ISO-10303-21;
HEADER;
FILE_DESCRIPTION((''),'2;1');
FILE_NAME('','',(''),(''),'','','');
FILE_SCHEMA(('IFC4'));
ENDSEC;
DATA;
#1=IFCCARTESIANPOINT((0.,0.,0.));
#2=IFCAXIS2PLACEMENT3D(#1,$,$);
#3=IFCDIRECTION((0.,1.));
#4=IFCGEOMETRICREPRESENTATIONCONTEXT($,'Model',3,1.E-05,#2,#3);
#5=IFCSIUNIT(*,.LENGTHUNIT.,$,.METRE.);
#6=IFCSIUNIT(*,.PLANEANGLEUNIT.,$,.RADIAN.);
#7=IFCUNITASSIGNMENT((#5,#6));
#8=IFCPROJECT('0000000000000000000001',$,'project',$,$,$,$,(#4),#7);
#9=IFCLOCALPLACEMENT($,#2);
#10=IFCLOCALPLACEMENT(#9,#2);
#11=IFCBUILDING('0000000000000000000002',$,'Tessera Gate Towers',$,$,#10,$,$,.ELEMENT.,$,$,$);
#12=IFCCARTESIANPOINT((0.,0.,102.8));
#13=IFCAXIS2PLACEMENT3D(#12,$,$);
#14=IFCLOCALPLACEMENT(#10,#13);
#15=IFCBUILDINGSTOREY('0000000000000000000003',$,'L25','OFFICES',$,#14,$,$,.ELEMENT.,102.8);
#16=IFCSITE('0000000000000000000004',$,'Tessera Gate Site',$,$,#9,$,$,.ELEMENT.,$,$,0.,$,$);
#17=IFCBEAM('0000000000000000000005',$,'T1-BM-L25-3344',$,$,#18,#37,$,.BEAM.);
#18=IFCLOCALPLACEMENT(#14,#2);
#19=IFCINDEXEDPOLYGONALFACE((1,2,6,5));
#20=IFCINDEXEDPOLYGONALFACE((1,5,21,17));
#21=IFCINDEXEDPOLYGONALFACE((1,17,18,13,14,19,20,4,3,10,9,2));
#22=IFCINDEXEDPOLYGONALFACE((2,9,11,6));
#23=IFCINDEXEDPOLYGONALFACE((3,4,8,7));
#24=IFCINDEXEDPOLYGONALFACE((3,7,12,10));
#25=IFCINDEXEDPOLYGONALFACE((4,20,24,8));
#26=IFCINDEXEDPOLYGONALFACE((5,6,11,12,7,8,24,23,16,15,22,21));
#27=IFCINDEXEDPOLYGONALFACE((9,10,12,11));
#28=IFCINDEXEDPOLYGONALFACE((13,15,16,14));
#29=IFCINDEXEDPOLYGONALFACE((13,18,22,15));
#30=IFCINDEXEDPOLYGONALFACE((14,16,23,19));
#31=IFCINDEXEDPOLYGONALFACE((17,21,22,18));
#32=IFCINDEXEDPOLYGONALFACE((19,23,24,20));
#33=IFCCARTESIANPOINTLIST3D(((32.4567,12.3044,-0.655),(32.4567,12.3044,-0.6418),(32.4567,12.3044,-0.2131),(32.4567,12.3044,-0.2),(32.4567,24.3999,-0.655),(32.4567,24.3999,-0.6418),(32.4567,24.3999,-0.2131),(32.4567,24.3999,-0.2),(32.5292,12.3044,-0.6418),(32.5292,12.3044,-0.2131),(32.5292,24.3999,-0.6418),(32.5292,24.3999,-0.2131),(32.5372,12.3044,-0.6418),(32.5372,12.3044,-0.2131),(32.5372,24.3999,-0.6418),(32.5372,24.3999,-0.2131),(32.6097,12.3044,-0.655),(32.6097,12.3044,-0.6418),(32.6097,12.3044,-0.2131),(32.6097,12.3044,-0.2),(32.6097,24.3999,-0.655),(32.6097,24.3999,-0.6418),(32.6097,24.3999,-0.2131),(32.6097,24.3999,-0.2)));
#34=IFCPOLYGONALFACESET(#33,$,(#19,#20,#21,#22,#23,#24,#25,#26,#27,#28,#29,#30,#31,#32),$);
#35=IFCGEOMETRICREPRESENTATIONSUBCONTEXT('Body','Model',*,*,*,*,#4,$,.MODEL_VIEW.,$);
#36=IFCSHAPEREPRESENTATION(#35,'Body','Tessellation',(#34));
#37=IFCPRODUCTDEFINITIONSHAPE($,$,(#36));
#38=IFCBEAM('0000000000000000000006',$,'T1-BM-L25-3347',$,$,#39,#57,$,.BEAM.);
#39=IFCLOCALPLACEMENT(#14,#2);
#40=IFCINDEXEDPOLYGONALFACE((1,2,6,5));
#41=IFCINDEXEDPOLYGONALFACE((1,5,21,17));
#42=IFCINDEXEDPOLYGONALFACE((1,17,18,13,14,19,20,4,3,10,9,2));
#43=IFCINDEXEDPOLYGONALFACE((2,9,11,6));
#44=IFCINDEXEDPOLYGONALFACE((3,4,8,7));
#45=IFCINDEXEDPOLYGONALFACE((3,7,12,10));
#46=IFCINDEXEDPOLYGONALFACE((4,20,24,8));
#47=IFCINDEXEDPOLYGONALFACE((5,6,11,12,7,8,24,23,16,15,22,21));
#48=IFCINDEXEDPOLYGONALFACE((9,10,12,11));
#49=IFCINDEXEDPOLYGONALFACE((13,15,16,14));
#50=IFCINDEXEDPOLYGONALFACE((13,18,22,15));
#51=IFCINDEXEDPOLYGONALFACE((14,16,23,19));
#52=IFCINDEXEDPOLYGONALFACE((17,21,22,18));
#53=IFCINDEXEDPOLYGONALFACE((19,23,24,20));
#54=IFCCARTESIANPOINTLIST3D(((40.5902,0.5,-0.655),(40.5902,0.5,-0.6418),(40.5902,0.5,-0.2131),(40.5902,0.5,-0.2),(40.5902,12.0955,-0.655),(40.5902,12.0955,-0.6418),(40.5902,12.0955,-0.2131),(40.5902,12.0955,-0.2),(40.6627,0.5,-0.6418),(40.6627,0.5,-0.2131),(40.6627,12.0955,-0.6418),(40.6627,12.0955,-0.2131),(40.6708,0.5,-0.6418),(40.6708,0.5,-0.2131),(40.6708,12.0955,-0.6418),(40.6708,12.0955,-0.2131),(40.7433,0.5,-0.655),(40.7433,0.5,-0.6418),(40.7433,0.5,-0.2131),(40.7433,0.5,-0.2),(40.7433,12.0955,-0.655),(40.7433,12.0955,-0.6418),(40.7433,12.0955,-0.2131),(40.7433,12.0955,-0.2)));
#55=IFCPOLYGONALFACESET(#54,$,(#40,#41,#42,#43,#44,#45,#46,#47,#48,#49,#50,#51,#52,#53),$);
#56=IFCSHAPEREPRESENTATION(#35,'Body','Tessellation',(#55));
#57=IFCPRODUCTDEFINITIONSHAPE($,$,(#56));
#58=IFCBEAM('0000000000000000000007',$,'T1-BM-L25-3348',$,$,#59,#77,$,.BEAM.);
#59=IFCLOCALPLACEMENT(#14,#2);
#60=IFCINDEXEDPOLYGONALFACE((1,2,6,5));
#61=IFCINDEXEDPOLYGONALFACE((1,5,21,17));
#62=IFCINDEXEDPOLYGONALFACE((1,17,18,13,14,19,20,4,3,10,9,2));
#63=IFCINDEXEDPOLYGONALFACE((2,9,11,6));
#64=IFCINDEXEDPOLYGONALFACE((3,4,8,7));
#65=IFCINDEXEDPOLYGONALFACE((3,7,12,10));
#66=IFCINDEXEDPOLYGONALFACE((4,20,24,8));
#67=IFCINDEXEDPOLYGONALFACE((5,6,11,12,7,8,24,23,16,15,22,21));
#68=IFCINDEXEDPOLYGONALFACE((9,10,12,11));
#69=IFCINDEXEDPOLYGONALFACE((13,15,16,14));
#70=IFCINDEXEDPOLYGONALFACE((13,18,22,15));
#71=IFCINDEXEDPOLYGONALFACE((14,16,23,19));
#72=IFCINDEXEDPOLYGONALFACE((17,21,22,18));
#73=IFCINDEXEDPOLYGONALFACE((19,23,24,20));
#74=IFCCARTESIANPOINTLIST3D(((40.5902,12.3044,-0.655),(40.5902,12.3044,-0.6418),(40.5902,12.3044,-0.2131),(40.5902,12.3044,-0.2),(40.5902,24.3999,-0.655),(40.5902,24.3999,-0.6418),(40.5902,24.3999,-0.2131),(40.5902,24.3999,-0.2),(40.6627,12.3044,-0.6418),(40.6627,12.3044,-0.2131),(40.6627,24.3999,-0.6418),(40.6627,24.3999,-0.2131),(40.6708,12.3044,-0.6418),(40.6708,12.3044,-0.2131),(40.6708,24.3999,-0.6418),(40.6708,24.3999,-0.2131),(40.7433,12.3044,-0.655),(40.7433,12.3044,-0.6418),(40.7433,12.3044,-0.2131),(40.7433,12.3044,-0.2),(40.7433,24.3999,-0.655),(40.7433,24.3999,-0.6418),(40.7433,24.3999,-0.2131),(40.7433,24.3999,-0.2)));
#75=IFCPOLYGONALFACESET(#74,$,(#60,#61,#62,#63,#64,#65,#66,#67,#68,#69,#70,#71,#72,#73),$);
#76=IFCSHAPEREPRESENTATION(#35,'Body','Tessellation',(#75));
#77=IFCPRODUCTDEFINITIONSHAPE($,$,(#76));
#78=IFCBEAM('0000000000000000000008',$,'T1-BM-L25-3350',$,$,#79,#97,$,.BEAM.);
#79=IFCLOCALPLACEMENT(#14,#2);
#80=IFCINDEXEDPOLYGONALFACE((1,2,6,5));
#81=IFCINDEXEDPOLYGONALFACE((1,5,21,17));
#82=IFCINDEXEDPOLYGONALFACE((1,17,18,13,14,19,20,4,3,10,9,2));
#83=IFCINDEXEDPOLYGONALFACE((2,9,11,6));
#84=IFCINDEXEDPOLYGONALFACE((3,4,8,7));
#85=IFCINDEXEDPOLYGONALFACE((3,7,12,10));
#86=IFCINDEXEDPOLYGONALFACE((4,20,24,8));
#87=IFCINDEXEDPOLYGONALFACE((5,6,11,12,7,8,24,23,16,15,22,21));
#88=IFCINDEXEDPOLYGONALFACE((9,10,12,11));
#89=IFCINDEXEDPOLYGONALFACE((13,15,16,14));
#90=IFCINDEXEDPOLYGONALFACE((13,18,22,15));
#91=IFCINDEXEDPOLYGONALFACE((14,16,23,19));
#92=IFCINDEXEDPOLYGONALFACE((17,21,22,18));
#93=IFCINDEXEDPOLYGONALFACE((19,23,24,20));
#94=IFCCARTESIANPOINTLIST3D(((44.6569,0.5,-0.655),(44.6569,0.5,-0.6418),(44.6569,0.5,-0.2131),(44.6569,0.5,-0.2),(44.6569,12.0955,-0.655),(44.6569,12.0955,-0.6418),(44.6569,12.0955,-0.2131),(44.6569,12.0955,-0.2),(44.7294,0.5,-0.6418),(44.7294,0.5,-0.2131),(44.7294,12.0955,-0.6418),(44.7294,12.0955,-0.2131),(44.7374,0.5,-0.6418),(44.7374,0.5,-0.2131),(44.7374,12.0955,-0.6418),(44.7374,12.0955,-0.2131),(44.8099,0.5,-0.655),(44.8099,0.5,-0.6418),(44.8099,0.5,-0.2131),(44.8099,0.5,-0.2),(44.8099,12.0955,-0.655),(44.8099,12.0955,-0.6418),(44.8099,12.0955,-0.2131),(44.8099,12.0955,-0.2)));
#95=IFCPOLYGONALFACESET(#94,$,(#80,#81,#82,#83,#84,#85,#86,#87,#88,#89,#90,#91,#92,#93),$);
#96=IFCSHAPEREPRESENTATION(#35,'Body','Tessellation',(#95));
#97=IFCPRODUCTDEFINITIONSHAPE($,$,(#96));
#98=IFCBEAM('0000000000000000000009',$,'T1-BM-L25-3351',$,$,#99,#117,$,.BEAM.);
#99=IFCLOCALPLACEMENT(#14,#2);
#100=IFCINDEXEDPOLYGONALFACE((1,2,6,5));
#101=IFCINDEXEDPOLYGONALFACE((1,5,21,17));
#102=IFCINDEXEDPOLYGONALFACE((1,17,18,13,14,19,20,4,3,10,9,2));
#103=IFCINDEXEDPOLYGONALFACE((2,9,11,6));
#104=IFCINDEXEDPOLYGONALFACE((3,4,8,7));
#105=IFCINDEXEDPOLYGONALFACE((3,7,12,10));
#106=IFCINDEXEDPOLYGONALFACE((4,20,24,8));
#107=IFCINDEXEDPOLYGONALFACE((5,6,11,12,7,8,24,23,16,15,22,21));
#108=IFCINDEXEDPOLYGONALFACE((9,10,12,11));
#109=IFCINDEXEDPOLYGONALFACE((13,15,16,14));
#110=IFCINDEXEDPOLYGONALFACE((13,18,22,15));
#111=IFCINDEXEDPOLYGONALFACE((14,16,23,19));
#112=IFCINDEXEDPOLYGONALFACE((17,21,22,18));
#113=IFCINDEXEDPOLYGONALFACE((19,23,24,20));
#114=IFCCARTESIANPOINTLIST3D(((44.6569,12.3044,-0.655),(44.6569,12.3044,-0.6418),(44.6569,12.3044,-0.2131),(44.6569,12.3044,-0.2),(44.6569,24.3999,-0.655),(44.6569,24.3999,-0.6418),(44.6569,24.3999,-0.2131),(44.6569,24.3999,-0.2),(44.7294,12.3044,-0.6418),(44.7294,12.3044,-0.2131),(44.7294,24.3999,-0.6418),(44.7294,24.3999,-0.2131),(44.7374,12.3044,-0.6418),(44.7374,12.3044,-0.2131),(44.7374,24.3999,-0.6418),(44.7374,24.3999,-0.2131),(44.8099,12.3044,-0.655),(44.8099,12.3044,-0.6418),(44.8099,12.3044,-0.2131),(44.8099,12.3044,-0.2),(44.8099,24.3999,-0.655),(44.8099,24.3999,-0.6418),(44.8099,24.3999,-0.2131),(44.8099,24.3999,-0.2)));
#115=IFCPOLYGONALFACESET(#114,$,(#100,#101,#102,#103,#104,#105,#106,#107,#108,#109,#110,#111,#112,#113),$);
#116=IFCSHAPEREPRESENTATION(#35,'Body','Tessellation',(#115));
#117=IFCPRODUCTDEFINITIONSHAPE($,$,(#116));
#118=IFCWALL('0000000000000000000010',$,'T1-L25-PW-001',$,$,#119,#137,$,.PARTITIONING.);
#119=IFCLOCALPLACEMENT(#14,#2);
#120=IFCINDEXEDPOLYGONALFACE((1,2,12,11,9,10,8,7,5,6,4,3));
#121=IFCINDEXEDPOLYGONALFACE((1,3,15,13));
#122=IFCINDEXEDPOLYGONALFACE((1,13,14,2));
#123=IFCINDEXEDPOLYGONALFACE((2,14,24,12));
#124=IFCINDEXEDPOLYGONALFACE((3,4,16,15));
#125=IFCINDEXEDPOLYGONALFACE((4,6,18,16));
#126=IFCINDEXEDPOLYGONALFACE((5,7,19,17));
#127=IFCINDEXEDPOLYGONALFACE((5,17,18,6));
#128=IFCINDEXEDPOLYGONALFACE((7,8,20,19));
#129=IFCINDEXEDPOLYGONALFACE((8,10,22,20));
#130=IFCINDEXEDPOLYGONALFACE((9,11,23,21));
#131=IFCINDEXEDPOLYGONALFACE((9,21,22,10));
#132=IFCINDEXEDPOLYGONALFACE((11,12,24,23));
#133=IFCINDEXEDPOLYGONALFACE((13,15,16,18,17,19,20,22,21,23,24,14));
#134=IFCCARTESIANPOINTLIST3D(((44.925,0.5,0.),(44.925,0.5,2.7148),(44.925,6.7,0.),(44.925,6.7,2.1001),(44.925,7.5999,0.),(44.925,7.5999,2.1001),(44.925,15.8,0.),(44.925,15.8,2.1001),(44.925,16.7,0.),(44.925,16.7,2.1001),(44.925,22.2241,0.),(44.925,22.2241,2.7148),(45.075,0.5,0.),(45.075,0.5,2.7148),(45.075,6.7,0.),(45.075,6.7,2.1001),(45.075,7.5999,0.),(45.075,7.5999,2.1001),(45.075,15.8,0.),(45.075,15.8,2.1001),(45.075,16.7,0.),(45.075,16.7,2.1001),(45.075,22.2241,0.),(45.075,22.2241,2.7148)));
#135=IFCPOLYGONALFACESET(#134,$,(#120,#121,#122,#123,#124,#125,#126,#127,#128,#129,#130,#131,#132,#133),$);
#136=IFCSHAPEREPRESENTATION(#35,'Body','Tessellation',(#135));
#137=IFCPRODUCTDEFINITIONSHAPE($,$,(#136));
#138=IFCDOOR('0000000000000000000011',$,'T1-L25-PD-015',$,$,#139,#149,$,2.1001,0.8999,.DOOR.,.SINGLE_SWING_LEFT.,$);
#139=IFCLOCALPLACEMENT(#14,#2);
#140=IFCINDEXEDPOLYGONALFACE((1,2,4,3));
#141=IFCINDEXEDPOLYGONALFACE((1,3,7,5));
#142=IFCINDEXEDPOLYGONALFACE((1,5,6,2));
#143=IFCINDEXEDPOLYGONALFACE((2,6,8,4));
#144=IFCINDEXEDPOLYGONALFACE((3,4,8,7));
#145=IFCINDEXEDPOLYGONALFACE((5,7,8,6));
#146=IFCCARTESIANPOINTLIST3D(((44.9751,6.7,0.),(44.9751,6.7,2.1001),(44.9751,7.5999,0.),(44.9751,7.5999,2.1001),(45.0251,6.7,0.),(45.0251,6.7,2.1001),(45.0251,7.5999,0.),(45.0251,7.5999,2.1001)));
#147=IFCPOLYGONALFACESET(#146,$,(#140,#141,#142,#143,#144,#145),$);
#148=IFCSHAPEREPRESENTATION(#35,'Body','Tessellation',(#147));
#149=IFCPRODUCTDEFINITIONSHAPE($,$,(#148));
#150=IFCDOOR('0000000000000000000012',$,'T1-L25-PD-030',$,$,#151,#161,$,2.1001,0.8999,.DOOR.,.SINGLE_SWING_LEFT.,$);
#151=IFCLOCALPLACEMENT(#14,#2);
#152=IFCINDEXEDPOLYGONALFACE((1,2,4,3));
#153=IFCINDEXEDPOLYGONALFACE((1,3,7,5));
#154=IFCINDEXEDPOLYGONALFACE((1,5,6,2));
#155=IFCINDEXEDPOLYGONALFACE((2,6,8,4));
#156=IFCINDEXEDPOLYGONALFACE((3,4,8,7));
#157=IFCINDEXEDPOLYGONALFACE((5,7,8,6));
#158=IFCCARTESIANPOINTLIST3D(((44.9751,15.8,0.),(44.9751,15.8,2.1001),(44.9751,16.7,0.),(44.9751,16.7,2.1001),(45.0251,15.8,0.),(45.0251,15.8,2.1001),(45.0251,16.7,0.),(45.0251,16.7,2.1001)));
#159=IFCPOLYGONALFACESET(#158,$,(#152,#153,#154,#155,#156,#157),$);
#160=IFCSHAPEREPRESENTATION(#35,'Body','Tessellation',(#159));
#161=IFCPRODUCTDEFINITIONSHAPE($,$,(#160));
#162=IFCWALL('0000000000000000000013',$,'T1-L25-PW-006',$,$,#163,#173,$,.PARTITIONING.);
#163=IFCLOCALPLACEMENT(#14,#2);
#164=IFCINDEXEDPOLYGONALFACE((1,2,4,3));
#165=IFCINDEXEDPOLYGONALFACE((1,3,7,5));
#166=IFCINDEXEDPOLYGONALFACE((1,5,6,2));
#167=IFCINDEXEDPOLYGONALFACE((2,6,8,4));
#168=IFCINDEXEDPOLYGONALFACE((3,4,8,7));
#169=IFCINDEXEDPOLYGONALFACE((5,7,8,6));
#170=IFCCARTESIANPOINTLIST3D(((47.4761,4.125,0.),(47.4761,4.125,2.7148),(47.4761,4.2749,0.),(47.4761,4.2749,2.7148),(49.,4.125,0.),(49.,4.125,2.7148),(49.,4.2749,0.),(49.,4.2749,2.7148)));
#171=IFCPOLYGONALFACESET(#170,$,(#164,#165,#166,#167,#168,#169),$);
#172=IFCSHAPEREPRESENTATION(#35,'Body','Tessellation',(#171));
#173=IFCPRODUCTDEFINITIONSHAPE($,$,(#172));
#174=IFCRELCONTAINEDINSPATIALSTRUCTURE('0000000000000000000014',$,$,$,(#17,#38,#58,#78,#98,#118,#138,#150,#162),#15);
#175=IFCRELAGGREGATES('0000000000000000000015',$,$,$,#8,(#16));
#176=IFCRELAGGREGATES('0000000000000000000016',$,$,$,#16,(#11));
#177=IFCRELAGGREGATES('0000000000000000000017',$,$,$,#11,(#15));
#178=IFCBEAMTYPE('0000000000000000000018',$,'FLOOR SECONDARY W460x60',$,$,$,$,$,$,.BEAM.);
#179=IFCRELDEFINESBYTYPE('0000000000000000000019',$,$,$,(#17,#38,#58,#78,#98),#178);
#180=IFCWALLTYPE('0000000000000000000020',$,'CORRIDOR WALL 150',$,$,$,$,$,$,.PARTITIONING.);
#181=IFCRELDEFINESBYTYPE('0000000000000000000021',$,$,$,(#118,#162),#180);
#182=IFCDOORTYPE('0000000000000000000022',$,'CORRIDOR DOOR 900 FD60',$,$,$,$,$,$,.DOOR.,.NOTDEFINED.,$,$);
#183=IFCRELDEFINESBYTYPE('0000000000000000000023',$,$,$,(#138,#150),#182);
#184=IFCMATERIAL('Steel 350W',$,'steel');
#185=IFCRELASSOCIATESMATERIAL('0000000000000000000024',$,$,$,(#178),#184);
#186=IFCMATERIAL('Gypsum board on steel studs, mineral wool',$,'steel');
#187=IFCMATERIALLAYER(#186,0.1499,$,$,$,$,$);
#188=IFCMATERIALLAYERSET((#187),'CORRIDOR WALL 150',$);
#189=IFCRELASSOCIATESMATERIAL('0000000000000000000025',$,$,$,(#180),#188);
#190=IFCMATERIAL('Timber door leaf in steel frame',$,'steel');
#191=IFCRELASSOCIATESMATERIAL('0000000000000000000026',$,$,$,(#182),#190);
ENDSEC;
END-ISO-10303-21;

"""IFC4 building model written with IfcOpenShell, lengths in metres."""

from ifc_helpers import new_model, si_unit, direction, frame, frame_2d, origin, origin_2d, place, context, subcontext, project, spatial, rectangle, i_section, extrude, source, transform, mapped, material, layer, layer_set, material_profile, profile_set, type_object, element, fill, save


model = new_model("IFC4")

# Units and contexts
model_context = context("Model", 3, precision=1e-05, world=origin(), true_north=direction((0.0, 1.0)))
body_context = subcontext(model_context, "Body", "Model", "MODEL_VIEW")
ifc_project = project(units=[si_unit("LENGTHUNIT", "METRE"), si_unit("PLANEANGLEUNIT", "RADIAN")], contexts=[model_context])

# Site, building, storey
site_placement = place(None, origin())
site = spatial("IfcSite", under=ifc_project, at=site_placement, Name="Tessera Gate Site", CompositionType="ELEMENT", RefElevation=0.0)
building_placement = place(site_placement, origin())
building = spatial("IfcBuilding", under=site, at=building_placement, Name="Tessera Gate Towers", CompositionType="ELEMENT")
storey_placement = place(building_placement, frame((0.0, 0.0, 102.8)))
storey = spatial("IfcBuildingStorey", under=building, at=storey_placement, Name="L25", Description="OFFICES", CompositionType="ELEMENT", Elevation=102.8)

# Beams
ifc_material_1 = material(Name="Steel 350W", Category="steel")
ifc_material_profile_1 = material_profile(ifc_material_1, i_section(OverallWidth=0.1531, OverallDepth=0.4551, WebThickness=0.0081, FlangeThickness=0.0132, at=origin_2d()), Name="W460x60")
ifc_profile_set_1 = profile_set([ifc_material_profile_1], Name="Steel 350W")
beam_type_1 = type_object("IfcBeamType", Name="FLOOR SECONDARY W460x60", PredefinedType="BEAM", material=ifc_profile_set_1)
beam_1_placement = place(storey_placement, frame((32.5332, 12.3044, -0.4275), z_axis=(0.0, 1.0, 0.0), x_axis=(-1.0, 0.0, 0.0)))
element("IfcBeam", 1, at=beam_1_placement, inside=storey, type_object=beam_type_1, Name="T1-BM-L25-3344", PredefinedType="BEAM", context=body_context, shape_type="SweptSolid", body=[
    extrude(i_section(OverallWidth=0.1531, OverallDepth=0.4551, WebThickness=0.0081, FlangeThickness=0.0132, at=origin_2d()), origin(), (0.0, 0.0, 1.0), 12.0955),
])
beam_2_placement = place(storey_placement, frame((40.6667, 0.5, -0.4275), z_axis=(0.0, 1.0, 0.0), x_axis=(-1.0, 0.0, 0.0)))
element("IfcBeam", 2, at=beam_2_placement, inside=storey, type_object=beam_type_1, Name="T1-BM-L25-3347", PredefinedType="BEAM", context=body_context, shape_type="SweptSolid", body=[
    extrude(i_section(OverallWidth=0.1531, OverallDepth=0.4551, WebThickness=0.0081, FlangeThickness=0.0132, at=origin_2d()), origin(), (0.0, 0.0, 1.0), 11.5955),
])
beam_3_placement = place(storey_placement, frame((40.6667, 12.3044, -0.4275), z_axis=(0.0, 1.0, 0.0), x_axis=(-1.0, 0.0, 0.0)))
element("IfcBeam", 3, at=beam_3_placement, inside=storey, type_object=beam_type_1, Name="T1-BM-L25-3348", PredefinedType="BEAM", context=body_context, shape_type="SweptSolid", body=[
    extrude(i_section(OverallWidth=0.1531, OverallDepth=0.4551, WebThickness=0.0081, FlangeThickness=0.0132, at=origin_2d()), origin(), (0.0, 0.0, 1.0), 12.0955),
])
beam_4_placement = place(storey_placement, frame((44.7334, 0.5, -0.4275), z_axis=(0.0, 1.0, 0.0), x_axis=(-1.0, 0.0, 0.0)))
element("IfcBeam", 4, at=beam_4_placement, inside=storey, type_object=beam_type_1, Name="T1-BM-L25-3350", PredefinedType="BEAM", context=body_context, shape_type="SweptSolid", body=[
    extrude(i_section(OverallWidth=0.1531, OverallDepth=0.4551, WebThickness=0.0081, FlangeThickness=0.0132, at=origin_2d()), origin(), (0.0, 0.0, 1.0), 11.5955),
])
beam_5_placement = place(storey_placement, frame((44.7334, 12.3044, -0.4275), z_axis=(0.0, 1.0, 0.0), x_axis=(-1.0, 0.0, 0.0)))
element("IfcBeam", 5, at=beam_5_placement, inside=storey, type_object=beam_type_1, Name="T1-BM-L25-3351", PredefinedType="BEAM", context=body_context, shape_type="SweptSolid", body=[
    extrude(i_section(OverallWidth=0.1531, OverallDepth=0.4551, WebThickness=0.0081, FlangeThickness=0.0132, at=origin_2d()), origin(), (0.0, 0.0, 1.0), 12.0955),
])

# Wall, openings, doors
ifc_material_2 = material(Name="Gypsum board on steel studs, mineral wool", Category="steel")
ifc_layer_1 = layer(ifc_material_2, 0.1499)
ifc_layer_set_1 = layer_set([ifc_layer_1], Name="CORRIDOR WALL 150")
wall_type_1 = type_object("IfcWallType", Name="CORRIDOR WALL 150", PredefinedType="PARTITIONING", material=ifc_layer_set_1)
wall_1_placement = place(storey_placement, frame((45.0, 0.5, 0.0), z_axis=(0.0, 0.0, 1.0), x_axis=(0.0, 1.0, 0.0)))
wall_1 = element("IfcWall", 6, at=wall_1_placement, inside=storey, type_object=wall_type_1, Name="T1-L25-PW-001", PredefinedType="PARTITIONING", context=body_context, shape_type="SweptSolid", body=[
    extrude(rectangle(XDim=21.7241, YDim=0.1499, at=frame_2d((10.8621, 0.0))), origin(), (0.0, 0.0, 1.0), 2.7148),
])
shared_shape_1 = source(origin(), body_context, "Body", "SweptSolid", [
    extrude(rectangle(XDim=0.8999, YDim=2.1001, at=frame_2d((0.45, 1.05))), frame((0.0, 0.085, 0.0), z_axis=(0.0, -1.0, 0.0), x_axis=(1.0, 0.0, 0.0)), (0.0, 0.0, 1.0), 0.1699),
])
opening_1_placement = place(wall_1_placement, frame((6.2, 0.0, 0.0)))
opening_1 = element("IfcOpeningElement", 7, at=opening_1_placement, cuts=wall_1, PredefinedType="OPENING", context=body_context, shape_type="MappedRepresentation", body=[
    mapped(shared_shape_1, transform((0.0, 0.0, 0.0), scale=1.0)),
])
opening_2_placement = place(wall_1_placement, frame((15.3, 0.0, 0.0)))
opening_2 = element("IfcOpeningElement", 8, at=opening_2_placement, cuts=wall_1, PredefinedType="OPENING", context=body_context, shape_type="MappedRepresentation", body=[
    mapped(shared_shape_1, transform((0.0, 0.0, 0.0), scale=1.0)),
])
ifc_material_3 = material(Name="Timber door leaf in steel frame", Category="steel")
door_type_1 = type_object("IfcDoorType", Name="CORRIDOR DOOR 900 FD60", OperationType="NOTDEFINED", PredefinedType="DOOR", material=ifc_material_3)
shared_shape_2 = source(origin(), body_context, "Body", "SweptSolid", [
    extrude(rectangle(XDim=0.8999, YDim=2.1001, at=frame_2d((0.45, 1.05))), frame((0.0, 0.0249, 0.0), z_axis=(0.0, -1.0, 0.0), x_axis=(1.0, 0.0, 0.0)), (0.0, 0.0, 1.0), 0.05),
])
door_1_placement = place(opening_1_placement, origin())
door_1 = element("IfcDoor", 9, at=door_1_placement, inside=storey, type_object=door_type_1, Name="T1-L25-PD-015", OperationType="SINGLE_SWING_LEFT", OverallHeight=2.1001, OverallWidth=0.8999, PredefinedType="DOOR", context=body_context, shape_type="MappedRepresentation", body=[
    mapped(shared_shape_2, transform((0.0, 0.0, 0.0), scale=1.0)),
])
fill(opening_1, door_1)
door_2_placement = place(opening_2_placement, origin())
door_2 = element("IfcDoor", 10, at=door_2_placement, inside=storey, type_object=door_type_1, Name="T1-L25-PD-030", OperationType="SINGLE_SWING_LEFT", OverallHeight=2.1001, OverallWidth=0.8999, PredefinedType="DOOR", context=body_context, shape_type="MappedRepresentation", body=[
    mapped(shared_shape_2, transform((0.0, 0.0, 0.0), scale=1.0)),
])
fill(opening_2, door_2)

# Wall
wall_2_placement = place(storey_placement, frame((47.4761, 4.2, 0.0), z_axis=(0.0, 0.0, 1.0), x_axis=(1.0, 0.0, 0.0)))
element("IfcWall", 11, at=wall_2_placement, inside=storey, type_object=wall_type_1, Name="T1-L25-PW-006", PredefinedType="PARTITIONING", context=body_context, shape_type="SweptSolid", body=[
    extrude(rectangle(XDim=1.5239, YDim=0.1499, at=frame_2d((0.762, 0.0))), origin(), (0.0, 0.0, 1.0), 2.7148),
])

save(model, "model.ifc")
